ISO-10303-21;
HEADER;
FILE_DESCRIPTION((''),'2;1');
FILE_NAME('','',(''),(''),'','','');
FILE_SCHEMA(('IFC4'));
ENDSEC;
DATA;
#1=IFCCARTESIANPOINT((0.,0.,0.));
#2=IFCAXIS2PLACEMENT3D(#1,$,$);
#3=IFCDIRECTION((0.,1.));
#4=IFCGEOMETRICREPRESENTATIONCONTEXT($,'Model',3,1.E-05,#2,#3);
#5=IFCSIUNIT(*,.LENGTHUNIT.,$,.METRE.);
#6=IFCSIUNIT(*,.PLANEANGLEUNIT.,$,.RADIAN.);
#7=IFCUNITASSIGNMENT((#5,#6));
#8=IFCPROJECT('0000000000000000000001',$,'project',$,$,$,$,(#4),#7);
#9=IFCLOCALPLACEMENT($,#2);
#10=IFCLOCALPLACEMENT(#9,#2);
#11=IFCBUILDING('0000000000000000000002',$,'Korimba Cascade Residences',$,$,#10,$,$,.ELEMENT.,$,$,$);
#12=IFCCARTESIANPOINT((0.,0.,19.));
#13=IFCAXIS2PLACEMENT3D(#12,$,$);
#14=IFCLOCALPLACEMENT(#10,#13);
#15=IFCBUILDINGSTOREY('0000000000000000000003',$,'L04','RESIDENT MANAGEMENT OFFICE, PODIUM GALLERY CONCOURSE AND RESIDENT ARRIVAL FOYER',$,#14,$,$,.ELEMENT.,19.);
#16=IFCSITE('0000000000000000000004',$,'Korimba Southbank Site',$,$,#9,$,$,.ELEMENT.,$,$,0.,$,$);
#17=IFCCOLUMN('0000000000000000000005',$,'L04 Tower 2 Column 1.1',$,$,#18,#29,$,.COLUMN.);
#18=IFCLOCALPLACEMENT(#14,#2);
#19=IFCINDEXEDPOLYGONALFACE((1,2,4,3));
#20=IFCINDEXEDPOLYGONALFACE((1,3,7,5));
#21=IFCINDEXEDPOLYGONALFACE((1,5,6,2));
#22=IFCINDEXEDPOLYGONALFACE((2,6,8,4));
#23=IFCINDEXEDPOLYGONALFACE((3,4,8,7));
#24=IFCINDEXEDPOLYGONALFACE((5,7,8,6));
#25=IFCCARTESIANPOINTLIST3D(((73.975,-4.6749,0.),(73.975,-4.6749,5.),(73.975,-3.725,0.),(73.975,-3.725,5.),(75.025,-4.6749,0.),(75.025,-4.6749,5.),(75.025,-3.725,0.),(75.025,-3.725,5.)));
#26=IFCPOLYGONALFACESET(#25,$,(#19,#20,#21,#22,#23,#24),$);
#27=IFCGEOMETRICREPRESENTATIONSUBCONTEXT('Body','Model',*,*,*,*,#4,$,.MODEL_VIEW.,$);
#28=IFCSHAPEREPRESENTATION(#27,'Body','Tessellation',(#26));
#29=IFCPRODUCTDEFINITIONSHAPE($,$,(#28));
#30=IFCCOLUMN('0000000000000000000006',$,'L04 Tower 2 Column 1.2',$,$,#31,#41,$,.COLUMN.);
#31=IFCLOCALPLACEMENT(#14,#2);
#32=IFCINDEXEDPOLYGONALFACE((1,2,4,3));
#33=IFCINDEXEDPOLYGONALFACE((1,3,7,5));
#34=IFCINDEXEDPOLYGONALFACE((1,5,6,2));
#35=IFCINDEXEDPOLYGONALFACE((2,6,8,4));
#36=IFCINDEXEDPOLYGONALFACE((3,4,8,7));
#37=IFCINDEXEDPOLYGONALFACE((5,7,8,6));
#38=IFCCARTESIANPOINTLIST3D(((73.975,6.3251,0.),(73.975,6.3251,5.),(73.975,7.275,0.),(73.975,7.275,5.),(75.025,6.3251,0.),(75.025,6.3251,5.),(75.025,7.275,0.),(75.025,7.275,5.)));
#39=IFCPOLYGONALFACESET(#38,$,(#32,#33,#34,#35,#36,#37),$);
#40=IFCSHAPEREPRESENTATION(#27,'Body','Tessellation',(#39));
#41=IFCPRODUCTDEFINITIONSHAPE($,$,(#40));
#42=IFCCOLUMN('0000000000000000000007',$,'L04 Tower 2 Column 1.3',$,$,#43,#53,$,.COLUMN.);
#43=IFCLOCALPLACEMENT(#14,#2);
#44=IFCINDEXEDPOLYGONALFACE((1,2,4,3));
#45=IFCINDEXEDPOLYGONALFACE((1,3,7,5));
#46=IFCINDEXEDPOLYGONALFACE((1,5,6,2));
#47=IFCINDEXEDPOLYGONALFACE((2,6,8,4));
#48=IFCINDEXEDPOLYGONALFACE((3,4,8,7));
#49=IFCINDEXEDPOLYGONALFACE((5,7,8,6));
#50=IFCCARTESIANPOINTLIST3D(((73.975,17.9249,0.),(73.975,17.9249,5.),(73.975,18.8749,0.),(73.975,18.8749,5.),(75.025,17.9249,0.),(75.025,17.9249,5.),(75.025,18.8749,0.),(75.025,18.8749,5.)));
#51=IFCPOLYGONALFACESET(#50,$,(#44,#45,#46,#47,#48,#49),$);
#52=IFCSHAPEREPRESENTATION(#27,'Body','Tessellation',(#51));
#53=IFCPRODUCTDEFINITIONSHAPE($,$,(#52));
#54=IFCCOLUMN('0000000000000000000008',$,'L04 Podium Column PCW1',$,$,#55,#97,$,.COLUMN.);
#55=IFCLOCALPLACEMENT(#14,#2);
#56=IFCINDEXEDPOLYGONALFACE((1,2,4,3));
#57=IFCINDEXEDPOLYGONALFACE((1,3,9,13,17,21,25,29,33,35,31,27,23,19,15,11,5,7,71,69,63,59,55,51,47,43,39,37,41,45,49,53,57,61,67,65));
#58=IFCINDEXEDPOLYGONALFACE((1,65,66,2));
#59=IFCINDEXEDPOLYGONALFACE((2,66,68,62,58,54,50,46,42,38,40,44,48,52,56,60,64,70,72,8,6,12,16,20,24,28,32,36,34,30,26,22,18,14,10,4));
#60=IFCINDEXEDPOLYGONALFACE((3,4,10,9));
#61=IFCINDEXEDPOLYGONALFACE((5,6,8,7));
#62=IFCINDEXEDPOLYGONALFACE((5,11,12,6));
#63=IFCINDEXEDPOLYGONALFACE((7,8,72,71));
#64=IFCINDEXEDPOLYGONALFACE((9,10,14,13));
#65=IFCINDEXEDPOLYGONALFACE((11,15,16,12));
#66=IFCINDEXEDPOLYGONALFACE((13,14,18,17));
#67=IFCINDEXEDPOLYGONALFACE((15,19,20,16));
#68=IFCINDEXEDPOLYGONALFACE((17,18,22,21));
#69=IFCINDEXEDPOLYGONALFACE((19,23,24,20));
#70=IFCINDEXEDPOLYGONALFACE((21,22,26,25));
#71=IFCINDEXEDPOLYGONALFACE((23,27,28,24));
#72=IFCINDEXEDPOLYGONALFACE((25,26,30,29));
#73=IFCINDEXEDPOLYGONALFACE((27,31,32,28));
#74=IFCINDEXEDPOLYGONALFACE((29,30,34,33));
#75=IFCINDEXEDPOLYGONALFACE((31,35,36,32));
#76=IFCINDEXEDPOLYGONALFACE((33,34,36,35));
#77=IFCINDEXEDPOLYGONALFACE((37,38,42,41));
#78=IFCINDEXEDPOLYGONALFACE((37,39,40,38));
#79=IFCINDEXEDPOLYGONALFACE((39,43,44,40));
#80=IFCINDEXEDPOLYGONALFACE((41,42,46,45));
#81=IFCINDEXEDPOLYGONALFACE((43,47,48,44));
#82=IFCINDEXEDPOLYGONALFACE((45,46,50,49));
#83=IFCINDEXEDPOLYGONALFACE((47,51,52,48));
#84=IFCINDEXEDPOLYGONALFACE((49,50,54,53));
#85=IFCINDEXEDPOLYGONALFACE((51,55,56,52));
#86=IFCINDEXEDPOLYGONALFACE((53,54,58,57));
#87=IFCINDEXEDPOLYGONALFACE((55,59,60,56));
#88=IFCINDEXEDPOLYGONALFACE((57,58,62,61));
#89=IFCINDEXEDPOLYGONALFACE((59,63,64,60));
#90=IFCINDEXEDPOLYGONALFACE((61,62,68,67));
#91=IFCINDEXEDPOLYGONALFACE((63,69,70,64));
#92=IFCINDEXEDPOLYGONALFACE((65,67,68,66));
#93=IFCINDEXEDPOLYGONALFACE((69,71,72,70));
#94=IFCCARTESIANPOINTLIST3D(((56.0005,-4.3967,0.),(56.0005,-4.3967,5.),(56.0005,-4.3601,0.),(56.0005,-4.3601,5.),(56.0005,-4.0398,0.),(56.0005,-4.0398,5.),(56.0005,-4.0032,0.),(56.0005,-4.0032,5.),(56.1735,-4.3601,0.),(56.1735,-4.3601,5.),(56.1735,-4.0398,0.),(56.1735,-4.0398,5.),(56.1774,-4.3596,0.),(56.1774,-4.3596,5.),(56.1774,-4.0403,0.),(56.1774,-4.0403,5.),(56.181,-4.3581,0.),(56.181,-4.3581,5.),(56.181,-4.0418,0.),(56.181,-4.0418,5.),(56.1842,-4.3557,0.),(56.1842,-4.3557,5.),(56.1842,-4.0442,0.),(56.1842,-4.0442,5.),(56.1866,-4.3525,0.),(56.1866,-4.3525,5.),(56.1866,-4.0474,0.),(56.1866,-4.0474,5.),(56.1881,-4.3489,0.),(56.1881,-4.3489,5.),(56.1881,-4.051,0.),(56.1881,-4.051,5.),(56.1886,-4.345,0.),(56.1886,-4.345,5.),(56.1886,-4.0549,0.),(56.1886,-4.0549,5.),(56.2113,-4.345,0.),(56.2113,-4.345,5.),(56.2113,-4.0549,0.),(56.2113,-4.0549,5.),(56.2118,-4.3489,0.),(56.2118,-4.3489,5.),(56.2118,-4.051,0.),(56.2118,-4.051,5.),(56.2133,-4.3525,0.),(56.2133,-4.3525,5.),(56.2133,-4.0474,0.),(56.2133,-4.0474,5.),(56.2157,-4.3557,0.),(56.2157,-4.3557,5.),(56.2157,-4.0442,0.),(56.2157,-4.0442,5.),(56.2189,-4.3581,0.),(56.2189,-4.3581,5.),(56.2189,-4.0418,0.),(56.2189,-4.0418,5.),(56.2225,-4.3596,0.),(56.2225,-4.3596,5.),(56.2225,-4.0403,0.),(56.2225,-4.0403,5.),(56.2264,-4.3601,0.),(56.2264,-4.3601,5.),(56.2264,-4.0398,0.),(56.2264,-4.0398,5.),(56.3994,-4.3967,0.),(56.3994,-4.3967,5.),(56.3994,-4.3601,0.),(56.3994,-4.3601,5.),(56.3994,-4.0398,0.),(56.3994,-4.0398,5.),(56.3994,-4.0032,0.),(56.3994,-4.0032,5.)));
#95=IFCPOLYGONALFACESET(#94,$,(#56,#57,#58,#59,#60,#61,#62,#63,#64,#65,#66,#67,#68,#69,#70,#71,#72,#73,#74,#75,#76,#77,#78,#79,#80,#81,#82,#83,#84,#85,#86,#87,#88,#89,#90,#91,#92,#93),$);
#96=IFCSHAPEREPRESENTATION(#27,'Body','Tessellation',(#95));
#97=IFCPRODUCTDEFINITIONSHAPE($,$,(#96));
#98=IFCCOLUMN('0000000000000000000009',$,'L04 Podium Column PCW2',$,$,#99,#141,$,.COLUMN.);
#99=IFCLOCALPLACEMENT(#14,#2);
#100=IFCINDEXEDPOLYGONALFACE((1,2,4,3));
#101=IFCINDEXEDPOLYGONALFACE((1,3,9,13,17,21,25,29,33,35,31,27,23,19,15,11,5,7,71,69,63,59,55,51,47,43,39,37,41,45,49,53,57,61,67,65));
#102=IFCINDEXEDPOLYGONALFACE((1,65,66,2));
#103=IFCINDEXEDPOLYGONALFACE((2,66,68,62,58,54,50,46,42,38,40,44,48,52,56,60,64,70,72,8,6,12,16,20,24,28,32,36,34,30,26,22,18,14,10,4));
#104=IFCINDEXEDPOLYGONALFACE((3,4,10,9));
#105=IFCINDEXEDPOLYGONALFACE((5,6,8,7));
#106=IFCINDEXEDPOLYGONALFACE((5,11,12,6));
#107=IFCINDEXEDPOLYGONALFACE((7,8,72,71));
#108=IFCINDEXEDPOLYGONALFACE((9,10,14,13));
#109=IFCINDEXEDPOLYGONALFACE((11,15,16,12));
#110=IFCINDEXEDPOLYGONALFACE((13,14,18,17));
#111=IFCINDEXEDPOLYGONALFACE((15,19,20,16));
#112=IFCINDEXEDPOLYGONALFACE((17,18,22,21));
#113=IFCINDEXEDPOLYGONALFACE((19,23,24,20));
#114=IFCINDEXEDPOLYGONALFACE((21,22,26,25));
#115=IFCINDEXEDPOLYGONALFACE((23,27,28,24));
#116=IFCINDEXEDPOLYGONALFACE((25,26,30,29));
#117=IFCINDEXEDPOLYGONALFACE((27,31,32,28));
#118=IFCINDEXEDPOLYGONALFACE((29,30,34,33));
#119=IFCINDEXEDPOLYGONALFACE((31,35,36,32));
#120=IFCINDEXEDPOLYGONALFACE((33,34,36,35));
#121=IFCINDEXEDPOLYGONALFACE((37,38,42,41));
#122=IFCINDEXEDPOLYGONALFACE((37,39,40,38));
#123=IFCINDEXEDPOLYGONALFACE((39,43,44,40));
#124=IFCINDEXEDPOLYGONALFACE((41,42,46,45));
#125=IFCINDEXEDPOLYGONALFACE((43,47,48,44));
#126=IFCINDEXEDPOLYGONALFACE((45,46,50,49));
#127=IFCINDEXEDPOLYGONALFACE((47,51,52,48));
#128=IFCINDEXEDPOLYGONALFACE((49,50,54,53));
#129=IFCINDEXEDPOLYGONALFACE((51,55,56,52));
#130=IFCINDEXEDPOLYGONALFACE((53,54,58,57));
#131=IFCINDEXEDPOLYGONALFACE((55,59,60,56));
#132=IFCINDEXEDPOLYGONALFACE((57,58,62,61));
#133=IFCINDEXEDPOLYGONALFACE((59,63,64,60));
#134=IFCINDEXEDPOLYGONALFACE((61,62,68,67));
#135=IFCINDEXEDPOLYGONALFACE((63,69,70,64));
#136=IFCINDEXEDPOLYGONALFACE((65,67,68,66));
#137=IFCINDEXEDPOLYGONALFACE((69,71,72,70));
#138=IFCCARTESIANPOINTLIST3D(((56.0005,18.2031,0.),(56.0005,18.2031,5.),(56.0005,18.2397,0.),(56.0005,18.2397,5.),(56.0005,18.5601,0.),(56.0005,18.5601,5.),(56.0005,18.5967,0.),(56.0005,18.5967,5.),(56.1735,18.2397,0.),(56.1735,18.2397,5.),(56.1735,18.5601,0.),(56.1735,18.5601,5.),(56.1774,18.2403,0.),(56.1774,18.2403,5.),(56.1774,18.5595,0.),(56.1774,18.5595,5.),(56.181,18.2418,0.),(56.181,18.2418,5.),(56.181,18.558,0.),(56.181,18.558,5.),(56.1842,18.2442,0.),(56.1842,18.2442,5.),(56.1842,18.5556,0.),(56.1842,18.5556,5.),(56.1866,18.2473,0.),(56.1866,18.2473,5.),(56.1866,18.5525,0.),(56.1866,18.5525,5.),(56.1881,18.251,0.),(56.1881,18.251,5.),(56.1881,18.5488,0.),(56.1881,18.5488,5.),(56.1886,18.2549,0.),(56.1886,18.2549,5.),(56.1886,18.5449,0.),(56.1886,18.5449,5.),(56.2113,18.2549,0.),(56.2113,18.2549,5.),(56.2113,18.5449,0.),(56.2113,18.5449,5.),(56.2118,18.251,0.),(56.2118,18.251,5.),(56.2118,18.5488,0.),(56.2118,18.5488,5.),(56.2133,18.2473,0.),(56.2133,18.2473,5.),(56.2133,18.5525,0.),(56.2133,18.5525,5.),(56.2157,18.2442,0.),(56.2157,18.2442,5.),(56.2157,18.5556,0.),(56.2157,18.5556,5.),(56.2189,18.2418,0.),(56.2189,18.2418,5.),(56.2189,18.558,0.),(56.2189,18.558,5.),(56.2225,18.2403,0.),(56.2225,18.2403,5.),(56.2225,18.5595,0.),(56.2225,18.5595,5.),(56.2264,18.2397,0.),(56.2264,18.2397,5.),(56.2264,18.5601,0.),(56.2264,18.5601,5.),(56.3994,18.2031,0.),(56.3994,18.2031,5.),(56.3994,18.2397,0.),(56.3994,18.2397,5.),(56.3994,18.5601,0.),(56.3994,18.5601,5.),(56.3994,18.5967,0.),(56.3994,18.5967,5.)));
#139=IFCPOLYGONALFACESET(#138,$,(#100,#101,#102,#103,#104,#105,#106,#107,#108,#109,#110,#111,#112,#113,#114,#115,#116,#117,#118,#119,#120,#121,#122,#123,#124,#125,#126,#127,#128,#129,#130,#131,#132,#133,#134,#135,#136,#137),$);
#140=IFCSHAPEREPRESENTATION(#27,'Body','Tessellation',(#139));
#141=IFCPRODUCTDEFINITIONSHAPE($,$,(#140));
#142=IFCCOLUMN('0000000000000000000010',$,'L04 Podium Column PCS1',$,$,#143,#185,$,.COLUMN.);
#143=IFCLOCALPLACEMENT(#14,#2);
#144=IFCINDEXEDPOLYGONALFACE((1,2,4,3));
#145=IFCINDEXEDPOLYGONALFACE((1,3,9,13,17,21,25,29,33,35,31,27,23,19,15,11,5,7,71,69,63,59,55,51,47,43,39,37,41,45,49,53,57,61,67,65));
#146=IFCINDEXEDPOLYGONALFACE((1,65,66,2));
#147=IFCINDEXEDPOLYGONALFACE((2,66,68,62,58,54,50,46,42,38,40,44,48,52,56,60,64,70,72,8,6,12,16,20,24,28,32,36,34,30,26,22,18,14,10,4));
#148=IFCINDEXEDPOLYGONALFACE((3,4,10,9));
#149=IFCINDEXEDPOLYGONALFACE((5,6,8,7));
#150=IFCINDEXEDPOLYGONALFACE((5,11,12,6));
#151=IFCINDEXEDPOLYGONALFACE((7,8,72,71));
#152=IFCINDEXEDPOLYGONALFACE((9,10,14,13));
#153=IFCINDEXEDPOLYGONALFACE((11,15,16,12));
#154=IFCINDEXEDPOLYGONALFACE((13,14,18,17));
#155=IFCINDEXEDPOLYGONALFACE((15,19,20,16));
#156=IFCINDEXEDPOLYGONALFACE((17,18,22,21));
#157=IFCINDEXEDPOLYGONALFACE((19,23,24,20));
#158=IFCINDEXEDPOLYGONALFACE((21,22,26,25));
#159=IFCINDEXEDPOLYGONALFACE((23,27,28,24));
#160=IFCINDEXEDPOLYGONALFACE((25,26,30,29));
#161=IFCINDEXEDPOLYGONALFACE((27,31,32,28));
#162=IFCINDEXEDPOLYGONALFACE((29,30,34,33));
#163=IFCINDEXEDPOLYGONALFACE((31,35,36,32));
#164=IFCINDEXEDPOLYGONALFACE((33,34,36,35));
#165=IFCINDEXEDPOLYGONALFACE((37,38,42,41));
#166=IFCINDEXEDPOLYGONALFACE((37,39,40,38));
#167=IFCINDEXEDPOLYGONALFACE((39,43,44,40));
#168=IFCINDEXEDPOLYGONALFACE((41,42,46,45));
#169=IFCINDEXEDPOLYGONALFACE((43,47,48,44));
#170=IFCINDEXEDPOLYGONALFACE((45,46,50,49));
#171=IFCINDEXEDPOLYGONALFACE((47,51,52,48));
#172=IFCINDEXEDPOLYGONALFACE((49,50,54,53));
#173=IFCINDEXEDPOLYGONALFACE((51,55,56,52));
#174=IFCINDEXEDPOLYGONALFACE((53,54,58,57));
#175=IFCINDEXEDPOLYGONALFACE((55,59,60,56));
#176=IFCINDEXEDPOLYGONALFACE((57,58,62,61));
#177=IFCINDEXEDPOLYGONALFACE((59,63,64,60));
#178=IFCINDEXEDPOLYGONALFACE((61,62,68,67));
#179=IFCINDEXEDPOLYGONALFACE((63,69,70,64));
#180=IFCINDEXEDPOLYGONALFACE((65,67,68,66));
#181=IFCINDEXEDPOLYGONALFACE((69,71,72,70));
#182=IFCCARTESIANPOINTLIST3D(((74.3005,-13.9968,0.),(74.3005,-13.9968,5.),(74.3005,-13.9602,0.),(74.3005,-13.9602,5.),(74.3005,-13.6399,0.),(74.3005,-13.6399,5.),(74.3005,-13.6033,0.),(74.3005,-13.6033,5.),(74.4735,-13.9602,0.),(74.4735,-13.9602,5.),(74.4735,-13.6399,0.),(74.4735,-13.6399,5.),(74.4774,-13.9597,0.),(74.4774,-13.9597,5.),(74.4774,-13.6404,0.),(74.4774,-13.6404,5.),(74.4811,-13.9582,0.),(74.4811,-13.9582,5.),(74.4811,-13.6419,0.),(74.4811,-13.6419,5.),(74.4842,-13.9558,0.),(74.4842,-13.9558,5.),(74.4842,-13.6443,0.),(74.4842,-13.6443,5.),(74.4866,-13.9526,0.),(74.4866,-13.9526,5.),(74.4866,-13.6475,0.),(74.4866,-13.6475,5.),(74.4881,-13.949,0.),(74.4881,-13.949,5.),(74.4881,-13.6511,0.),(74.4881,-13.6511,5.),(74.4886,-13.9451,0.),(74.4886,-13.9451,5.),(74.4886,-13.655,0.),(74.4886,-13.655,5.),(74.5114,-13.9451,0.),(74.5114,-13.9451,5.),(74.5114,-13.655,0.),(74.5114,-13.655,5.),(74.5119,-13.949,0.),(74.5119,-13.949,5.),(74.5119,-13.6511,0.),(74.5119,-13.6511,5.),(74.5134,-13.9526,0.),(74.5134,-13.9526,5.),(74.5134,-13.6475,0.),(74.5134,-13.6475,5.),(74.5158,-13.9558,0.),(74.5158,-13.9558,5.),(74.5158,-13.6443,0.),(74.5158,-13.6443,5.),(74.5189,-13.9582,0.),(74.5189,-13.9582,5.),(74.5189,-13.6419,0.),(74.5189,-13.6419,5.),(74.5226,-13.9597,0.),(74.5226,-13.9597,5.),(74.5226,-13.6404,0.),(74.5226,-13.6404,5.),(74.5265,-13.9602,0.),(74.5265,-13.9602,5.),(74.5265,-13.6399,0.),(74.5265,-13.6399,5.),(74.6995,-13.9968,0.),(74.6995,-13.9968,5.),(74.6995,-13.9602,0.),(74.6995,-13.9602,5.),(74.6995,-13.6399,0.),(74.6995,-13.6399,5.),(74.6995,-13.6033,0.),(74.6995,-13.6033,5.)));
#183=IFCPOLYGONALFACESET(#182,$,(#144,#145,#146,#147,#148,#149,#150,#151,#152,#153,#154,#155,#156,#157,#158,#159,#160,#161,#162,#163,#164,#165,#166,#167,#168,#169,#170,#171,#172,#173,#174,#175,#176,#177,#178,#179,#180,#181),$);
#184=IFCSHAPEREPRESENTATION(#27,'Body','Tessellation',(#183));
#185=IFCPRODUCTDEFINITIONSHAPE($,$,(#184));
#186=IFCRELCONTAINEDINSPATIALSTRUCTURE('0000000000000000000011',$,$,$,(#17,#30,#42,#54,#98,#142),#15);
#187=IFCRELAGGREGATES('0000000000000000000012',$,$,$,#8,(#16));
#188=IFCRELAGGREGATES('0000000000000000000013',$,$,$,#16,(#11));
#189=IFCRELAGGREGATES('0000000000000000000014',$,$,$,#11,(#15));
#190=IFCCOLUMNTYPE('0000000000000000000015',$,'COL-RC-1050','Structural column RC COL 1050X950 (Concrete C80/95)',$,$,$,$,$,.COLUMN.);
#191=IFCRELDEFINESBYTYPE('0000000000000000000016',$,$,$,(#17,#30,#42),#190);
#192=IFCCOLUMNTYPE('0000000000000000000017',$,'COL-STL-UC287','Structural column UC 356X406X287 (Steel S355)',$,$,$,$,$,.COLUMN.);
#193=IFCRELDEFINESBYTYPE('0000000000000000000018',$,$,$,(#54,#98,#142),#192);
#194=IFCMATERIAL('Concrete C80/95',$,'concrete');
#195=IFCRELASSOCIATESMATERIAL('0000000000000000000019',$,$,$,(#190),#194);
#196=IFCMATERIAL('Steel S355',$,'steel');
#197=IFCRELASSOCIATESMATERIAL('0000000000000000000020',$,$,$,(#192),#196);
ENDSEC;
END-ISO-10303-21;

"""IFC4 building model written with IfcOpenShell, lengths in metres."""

from ifc_helpers import new_model, si_unit, direction, frame, origin, origin_2d, place, context, subcontext, project, spatial, rectangle, i_section, extrude, material, material_profile, profile_set, type_object, element, save


model = new_model("IFC4")

# Units and contexts
model_context = context("Model", 3, precision=1e-05, world=origin(), true_north=direction((0.0, 1.0)))
body_context = subcontext(model_context, "Body", "Model", "MODEL_VIEW")
ifc_project = project(units=[si_unit("LENGTHUNIT", "METRE"), si_unit("PLANEANGLEUNIT", "RADIAN")], contexts=[model_context])

# Site, building, storey
site_placement = place(None, origin())
site = spatial("IfcSite", under=ifc_project, at=site_placement, Name="Korimba Southbank Site", CompositionType="ELEMENT", RefElevation=0.0)
building_placement = place(site_placement, origin())
building = spatial("IfcBuilding", under=site, at=building_placement, Name="Korimba Cascade Residences", CompositionType="ELEMENT")
storey_placement = place(building_placement, frame((0.0, 0.0, 19.0)))
storey = spatial("IfcBuildingStorey", under=building, at=storey_placement, Name="L04", Description="RESIDENT MANAGEMENT OFFICE, PODIUM GALLERY CONCOURSE AND RESIDENT ARRIVAL FOYER", CompositionType="ELEMENT", Elevation=19.0)

# Columns
ifc_material_1 = material(Name="Concrete C80/95", Category="concrete")
ifc_material_profile_1 = material_profile(ifc_material_1, rectangle(XDim=1.05, YDim=0.95, at=origin_2d()), Name="Concrete C80/95")
ifc_profile_set_1 = profile_set([ifc_material_profile_1], Name="Concrete C80/95")
column_type_1 = type_object("IfcColumnType", Name="COL-RC-1050", Description="Structural column RC COL 1050X950 (Concrete C80/95)", PredefinedType="COLUMN", material=ifc_profile_set_1)
for number, where, z_axis, x_axis, name in (
    (1, (74.5, -4.2, 0.0), (0.0, 0.0, 1.0), (1.0, 0.0, 0.0), "L04 Tower 2 Column 1.1"),
    (2, (74.5, 6.8, 0.0), (0.0, 0.0, 1.0), (1.0, 0.0, 0.0), "L04 Tower 2 Column 1.2"),
    (3, (74.5, 18.3999, 0.0), (0.0, 0.0, 1.0), (1.0, 0.0, 0.0), "L04 Tower 2 Column 1.3"),
):
    element("IfcColumn", number, at=place(storey_placement, frame(where, z_axis=z_axis, x_axis=x_axis)), inside=storey, type_object=column_type_1, Name=name, PredefinedType="COLUMN", context=body_context, shape_type="SweptSolid", body=[
        extrude(rectangle(XDim=1.05, YDim=0.95, at=origin_2d()), origin(), (0.0, 0.0, 1.0), 5.0),
    ])
ifc_material_2 = material(Name="Steel S355", Category="steel")
ifc_material_profile_2 = material_profile(ifc_material_2, i_section(OverallWidth=0.3989, OverallDepth=0.3936, WebThickness=0.0227, FlangeThickness=0.0366, FilletRadius=0.0151, at=origin_2d()), Name="Steel S355")
ifc_profile_set_2 = profile_set([ifc_material_profile_2], Name="Steel S355")
column_type_2 = type_object("IfcColumnType", Name="COL-STL-UC287", Description="Structural column UC 356X406X287 (Steel S355)", PredefinedType="COLUMN", material=ifc_profile_set_2)
for number, where, z_axis, x_axis, name in (
    (4, (56.2, -4.2, 0.0), (0.0, 0.0, 1.0), (1.0, 0.0, 0.0), "L04 Podium Column PCW1"),
    (5, (56.2, 18.3999, 0.0), (0.0, 0.0, 1.0), (1.0, 0.0, 0.0), "L04 Podium Column PCW2"),
    (6, (74.5, -13.8, 0.0), (0.0, 0.0, 1.0), (1.0, 0.0, 0.0), "L04 Podium Column PCS1"),
):
    element("IfcColumn", number, at=place(storey_placement, frame(where, z_axis=z_axis, x_axis=x_axis)), inside=storey, type_object=column_type_2, Name=name, PredefinedType="COLUMN", context=body_context, shape_type="SweptSolid", body=[
        extrude(i_section(OverallWidth=0.3989, OverallDepth=0.3936, WebThickness=0.0227, FlangeThickness=0.0366, FilletRadius=0.0151, at=origin_2d()), origin(), (0.0, 0.0, 1.0), 5.0),
    ])

save(model, "model.ifc")
